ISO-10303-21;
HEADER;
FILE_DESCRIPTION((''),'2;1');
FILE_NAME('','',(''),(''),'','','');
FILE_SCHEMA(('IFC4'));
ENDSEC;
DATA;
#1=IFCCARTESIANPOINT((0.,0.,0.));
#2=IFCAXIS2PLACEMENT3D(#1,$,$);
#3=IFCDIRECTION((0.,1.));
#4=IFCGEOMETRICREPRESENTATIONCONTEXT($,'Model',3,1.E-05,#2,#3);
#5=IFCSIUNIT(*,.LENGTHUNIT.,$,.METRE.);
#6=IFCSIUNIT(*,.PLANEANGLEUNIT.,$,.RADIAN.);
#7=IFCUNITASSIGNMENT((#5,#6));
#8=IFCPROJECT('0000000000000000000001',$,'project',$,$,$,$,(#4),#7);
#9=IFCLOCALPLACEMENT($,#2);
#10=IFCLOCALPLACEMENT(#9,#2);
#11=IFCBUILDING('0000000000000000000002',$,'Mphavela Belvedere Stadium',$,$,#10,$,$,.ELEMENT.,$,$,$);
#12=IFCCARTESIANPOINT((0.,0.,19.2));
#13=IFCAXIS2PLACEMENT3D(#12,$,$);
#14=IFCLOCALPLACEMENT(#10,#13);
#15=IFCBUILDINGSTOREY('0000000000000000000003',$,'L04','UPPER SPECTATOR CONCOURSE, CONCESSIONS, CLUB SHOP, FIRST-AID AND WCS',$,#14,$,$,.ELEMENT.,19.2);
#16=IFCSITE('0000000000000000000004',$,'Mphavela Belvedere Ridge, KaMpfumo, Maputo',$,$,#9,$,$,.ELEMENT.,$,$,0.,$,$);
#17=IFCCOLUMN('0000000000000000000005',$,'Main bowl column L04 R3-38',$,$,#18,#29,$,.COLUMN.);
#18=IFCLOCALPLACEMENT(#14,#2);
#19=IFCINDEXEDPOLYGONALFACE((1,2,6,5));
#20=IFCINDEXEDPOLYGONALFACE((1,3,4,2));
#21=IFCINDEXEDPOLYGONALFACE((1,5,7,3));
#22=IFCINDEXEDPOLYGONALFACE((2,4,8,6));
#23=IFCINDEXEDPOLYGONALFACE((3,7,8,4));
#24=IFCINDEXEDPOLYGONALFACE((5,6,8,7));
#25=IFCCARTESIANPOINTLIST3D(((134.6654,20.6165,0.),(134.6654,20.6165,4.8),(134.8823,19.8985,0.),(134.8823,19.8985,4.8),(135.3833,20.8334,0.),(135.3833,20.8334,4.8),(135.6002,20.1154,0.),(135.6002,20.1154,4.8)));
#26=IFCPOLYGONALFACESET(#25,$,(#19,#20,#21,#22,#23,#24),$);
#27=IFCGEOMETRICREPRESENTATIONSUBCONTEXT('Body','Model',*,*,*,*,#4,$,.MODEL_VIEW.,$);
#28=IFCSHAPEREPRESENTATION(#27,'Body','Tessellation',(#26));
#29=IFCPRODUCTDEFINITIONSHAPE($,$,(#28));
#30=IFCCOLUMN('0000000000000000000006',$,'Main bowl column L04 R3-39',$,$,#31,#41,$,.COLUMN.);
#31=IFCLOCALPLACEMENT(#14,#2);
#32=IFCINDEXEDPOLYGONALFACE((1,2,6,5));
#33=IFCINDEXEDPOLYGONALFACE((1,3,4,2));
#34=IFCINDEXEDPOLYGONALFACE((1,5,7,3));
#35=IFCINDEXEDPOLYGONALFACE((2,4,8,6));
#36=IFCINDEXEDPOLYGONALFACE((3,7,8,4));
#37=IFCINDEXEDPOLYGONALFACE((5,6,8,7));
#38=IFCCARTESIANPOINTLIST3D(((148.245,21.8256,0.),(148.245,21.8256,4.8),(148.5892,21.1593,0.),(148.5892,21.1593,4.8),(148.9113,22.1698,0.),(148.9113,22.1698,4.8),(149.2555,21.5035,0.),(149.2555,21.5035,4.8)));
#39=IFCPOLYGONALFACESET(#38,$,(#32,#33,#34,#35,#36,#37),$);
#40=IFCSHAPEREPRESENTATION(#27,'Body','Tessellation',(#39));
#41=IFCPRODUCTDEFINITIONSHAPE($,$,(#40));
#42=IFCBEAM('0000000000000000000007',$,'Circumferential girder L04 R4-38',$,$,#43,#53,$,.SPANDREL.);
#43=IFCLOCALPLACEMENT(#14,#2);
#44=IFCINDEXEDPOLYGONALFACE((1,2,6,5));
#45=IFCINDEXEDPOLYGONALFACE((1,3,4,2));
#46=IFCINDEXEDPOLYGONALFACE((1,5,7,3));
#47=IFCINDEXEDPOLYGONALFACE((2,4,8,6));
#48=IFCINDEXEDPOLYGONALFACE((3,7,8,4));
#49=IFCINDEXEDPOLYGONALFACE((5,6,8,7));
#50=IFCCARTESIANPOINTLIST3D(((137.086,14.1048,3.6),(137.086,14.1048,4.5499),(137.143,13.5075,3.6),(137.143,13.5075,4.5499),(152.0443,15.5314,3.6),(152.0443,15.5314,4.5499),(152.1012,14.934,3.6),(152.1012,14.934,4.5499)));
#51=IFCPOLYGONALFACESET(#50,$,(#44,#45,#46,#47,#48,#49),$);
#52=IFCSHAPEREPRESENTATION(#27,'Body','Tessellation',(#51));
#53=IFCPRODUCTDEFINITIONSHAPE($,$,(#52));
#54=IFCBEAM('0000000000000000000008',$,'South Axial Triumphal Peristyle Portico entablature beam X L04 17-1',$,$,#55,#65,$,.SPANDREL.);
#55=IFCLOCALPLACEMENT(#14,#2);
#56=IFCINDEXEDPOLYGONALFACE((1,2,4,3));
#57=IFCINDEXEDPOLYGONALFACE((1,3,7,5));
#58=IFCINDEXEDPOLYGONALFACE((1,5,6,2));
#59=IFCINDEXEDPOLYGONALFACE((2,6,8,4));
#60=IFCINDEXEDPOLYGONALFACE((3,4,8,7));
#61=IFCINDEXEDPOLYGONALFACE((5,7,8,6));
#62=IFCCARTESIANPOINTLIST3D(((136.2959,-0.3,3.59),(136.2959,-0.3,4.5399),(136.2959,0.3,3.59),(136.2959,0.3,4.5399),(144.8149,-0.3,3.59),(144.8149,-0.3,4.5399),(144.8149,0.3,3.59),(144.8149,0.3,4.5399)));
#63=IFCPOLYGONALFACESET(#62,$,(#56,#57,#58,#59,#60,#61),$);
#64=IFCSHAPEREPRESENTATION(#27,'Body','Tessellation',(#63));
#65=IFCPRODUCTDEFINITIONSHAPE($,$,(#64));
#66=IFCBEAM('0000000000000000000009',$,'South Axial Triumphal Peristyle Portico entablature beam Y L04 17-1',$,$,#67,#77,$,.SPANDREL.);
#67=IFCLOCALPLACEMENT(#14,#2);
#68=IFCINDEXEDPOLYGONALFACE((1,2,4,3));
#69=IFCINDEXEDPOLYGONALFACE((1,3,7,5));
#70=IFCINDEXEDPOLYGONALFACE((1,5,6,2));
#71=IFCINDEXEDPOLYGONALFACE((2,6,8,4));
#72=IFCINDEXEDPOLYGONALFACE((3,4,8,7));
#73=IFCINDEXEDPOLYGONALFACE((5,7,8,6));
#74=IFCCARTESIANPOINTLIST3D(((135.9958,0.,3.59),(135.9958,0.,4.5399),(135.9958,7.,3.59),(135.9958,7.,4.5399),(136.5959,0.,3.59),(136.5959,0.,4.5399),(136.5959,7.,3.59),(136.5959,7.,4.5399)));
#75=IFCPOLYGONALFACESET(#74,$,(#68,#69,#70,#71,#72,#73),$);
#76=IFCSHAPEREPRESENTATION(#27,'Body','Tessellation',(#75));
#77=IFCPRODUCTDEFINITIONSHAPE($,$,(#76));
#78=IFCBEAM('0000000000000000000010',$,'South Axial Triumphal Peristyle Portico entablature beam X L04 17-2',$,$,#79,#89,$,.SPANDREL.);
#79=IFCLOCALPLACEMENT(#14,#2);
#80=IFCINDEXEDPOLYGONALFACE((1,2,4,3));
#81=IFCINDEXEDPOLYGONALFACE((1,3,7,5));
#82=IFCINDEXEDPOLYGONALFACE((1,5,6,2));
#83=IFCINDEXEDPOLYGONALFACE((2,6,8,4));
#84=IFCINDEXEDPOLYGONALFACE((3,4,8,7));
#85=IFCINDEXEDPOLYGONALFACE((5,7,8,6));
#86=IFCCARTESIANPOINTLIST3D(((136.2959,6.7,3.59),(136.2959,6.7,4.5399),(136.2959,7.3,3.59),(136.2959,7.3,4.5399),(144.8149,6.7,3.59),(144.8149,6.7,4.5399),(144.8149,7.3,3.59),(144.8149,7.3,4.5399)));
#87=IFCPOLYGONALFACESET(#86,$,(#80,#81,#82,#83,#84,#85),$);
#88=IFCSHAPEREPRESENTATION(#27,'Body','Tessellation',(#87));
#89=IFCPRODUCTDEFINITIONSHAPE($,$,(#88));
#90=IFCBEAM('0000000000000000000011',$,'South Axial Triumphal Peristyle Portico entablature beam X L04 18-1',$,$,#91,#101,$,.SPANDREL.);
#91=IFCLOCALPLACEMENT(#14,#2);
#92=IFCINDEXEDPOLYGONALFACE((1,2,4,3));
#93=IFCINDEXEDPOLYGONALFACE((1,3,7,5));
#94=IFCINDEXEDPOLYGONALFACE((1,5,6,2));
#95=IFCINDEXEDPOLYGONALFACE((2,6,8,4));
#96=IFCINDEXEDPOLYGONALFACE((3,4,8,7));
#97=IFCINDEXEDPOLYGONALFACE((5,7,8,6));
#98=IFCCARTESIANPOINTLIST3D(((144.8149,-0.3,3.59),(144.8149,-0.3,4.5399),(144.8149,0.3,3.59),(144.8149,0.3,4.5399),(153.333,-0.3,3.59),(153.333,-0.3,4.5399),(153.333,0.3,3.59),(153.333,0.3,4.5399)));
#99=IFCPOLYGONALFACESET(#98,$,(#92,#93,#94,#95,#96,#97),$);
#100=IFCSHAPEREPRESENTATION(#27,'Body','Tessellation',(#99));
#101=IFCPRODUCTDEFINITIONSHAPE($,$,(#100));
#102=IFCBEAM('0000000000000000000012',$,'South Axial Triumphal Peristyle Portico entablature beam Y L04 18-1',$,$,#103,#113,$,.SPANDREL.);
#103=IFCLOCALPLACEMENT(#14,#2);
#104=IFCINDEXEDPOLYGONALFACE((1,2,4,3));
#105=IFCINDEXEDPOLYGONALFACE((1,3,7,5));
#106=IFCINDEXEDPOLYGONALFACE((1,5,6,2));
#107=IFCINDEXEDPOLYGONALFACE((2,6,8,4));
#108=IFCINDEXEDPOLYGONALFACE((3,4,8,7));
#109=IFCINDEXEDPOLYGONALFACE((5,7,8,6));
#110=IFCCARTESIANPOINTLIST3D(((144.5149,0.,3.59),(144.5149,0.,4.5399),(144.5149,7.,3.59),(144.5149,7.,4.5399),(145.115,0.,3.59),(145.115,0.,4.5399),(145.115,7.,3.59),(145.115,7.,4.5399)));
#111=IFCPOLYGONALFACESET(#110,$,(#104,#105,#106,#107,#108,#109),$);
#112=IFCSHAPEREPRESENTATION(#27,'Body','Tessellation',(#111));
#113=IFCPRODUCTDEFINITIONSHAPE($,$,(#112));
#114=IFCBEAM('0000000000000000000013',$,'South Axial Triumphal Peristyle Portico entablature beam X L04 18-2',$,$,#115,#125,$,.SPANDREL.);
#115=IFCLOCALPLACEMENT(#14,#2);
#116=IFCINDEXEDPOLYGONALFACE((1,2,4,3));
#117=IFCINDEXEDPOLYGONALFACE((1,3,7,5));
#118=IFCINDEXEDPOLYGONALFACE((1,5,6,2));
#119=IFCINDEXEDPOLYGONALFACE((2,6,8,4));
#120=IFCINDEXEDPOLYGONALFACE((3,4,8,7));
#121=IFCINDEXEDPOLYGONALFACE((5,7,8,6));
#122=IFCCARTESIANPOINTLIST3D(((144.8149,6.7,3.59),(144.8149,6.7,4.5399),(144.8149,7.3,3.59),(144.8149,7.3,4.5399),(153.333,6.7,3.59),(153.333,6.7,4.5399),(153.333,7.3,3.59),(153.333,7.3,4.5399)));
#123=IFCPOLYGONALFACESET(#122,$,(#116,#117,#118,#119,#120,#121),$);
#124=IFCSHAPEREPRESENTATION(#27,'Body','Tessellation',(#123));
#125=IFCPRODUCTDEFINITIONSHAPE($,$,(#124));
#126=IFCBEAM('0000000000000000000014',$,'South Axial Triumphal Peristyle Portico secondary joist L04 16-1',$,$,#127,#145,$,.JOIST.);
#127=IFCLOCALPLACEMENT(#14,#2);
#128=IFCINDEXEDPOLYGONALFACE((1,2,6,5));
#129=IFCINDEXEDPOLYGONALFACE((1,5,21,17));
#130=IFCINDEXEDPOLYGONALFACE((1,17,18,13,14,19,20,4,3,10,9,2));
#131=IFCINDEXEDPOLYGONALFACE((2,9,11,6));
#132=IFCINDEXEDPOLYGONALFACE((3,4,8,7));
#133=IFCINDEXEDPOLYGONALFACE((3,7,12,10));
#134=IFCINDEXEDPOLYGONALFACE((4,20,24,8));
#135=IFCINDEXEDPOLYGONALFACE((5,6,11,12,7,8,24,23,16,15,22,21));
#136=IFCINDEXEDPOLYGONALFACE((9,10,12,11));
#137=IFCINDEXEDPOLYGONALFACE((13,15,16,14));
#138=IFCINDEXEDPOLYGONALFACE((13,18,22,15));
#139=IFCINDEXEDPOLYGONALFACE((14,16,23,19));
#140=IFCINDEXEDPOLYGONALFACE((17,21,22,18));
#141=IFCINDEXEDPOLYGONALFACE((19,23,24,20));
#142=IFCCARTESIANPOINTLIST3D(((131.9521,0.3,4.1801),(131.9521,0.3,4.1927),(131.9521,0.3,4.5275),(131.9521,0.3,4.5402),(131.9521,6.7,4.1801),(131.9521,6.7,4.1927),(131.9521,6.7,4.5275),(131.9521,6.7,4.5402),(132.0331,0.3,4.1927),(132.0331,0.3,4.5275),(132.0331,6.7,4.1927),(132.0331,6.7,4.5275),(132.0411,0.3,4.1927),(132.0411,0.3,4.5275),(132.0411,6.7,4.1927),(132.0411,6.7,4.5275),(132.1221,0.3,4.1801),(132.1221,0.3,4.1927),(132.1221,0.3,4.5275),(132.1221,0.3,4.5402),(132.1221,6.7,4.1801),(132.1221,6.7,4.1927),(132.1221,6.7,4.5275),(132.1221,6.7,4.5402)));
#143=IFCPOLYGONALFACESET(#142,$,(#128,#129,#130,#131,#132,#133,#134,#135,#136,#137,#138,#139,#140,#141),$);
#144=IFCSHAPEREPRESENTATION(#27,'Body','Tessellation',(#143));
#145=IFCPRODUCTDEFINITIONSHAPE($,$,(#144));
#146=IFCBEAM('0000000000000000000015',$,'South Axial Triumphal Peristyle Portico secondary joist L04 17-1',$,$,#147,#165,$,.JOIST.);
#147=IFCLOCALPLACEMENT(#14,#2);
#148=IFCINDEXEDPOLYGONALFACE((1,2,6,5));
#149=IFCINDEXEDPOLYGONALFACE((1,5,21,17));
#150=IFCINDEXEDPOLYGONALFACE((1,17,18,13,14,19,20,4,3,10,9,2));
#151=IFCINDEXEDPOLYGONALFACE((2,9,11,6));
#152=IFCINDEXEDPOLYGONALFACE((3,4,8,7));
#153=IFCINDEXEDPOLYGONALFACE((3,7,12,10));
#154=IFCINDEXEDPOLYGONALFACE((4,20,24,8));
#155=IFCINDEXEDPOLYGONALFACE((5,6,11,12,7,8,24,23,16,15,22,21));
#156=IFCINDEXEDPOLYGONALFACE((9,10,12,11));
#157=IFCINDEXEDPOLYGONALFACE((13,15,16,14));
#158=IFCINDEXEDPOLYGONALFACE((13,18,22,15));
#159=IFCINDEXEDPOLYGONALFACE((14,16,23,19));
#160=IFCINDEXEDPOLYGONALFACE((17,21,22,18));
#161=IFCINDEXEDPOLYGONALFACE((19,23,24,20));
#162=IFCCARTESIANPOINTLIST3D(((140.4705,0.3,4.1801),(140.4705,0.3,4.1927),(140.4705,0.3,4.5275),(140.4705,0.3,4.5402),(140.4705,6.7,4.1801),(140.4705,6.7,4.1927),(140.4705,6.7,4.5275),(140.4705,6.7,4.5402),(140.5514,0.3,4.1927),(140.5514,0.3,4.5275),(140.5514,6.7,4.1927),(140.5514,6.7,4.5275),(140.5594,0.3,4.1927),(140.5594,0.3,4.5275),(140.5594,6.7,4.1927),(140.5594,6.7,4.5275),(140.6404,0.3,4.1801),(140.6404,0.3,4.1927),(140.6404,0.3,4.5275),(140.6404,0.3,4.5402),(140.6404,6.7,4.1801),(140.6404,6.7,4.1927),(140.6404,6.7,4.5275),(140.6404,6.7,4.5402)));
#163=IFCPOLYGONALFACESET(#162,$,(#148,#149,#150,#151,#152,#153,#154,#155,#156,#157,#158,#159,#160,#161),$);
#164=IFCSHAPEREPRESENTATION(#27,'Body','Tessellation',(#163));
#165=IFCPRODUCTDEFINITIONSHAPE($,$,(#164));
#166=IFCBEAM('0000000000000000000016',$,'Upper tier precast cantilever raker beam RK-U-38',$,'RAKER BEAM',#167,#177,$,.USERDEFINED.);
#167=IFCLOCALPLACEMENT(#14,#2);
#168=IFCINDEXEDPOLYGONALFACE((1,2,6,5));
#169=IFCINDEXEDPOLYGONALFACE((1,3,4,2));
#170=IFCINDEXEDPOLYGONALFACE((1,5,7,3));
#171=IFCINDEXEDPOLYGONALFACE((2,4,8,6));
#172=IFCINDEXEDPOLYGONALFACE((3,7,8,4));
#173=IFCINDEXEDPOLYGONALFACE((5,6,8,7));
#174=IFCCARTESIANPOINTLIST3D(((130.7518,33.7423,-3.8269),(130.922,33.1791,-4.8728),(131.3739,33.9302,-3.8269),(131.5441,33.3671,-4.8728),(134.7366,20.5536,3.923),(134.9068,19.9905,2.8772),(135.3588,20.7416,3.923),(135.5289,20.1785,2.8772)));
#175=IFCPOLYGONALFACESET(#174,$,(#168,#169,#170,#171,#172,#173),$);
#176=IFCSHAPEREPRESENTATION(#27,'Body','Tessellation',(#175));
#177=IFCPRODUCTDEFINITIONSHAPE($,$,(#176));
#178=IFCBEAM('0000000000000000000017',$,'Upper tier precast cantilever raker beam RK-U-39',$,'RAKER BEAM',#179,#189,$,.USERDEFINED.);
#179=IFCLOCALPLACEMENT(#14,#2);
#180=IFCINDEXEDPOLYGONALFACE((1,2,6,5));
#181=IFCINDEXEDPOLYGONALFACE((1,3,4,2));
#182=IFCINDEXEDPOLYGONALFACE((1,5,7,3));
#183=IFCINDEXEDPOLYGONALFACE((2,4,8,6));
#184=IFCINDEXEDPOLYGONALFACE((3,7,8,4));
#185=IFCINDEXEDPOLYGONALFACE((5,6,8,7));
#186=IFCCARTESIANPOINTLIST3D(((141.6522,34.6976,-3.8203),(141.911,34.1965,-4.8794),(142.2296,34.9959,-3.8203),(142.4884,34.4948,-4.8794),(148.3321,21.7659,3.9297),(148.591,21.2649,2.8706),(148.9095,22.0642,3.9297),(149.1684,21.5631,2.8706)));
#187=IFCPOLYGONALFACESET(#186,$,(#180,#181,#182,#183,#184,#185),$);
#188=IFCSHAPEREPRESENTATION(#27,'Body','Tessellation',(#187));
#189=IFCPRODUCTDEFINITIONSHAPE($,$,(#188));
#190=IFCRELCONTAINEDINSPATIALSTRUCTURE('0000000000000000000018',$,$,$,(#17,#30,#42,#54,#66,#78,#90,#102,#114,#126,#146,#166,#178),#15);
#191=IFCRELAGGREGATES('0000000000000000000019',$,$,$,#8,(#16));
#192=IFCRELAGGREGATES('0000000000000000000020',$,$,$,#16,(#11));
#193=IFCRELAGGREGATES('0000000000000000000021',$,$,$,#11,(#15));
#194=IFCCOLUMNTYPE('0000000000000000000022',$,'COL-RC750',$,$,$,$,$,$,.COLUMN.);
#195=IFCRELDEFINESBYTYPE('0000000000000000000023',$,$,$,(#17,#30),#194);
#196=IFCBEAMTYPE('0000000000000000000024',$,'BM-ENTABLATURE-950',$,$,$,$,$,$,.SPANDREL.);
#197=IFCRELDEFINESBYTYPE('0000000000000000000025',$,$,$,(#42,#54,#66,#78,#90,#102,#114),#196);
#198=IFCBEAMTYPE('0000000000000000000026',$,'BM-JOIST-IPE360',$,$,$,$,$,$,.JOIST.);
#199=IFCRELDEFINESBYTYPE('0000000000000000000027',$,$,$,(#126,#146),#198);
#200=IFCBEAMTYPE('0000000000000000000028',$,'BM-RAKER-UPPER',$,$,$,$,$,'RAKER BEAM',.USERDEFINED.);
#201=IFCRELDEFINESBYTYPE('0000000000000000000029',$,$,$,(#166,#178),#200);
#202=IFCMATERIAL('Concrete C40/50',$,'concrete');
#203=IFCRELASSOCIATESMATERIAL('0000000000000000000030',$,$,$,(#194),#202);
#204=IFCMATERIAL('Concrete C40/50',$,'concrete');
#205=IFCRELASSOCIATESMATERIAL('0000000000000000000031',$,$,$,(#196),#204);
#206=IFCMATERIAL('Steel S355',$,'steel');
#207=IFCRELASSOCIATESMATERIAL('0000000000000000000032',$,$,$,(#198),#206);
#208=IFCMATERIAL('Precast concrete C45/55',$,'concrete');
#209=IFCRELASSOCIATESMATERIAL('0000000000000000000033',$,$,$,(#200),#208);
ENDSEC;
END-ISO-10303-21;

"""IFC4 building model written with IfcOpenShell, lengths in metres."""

from ifc_helpers import new_model, si_unit, direction, frame, origin, origin_2d, place, context, subcontext, project, spatial, rectangle, i_section, extrude, material, material_profile, profile_set, type_object, element, save


model = new_model("IFC4")

# Units and contexts
model_context = context("Model", 3, precision=1e-05, world=origin(), true_north=direction((0.0, 1.0)))
body_context = subcontext(model_context, "Body", "Model", "MODEL_VIEW")
ifc_project = project(units=[si_unit("LENGTHUNIT", "METRE"), si_unit("PLANEANGLEUNIT", "RADIAN")], contexts=[model_context])

# Site, building, storey
site_placement = place(None, origin())
site = spatial("IfcSite", under=ifc_project, at=site_placement, Name="Mphavela Belvedere Ridge, KaMpfumo, Maputo", CompositionType="ELEMENT", RefElevation=0.0)
building_placement = place(site_placement, origin())
building = spatial("IfcBuilding", under=site, at=building_placement, Name="Mphavela Belvedere Stadium", CompositionType="ELEMENT")
storey_placement = place(building_placement, frame((0.0, 0.0, 19.2)))
storey = spatial("IfcBuildingStorey", under=building, at=storey_placement, Name="L04", Description="UPPER SPECTATOR CONCOURSE, CONCESSIONS, CLUB SHOP, FIRST-AID AND WCS", CompositionType="ELEMENT", Elevation=19.2)

# Columns
ifc_material_1 = material(Name="Concrete C40/50", Category="concrete")
ifc_material_profile_1 = material_profile(ifc_material_1, rectangle(XDim=0.75, YDim=0.75, at=origin_2d()), Name="RC 750x750")
ifc_profile_set_1 = profile_set([ifc_material_profile_1], Name="Concrete C40/50")
column_type_1 = type_object("IfcColumnType", Name="COL-RC750", PredefinedType="COLUMN", material=ifc_profile_set_1)
for number, where, z_axis, x_axis, name in (
    (1, (135.1328, 20.366, 0.0), (0.0, 0.0, 1.0), (0.289199, -0.957269, 0.0), "Main bowl column L04 R3-38"),
    (2, (148.7502, 21.6646, 0.0), (0.0, 0.0, 1.0), (0.45896, -0.888457, 0.0), "Main bowl column L04 R3-39"),
):
    element("IfcColumn", number, at=place(storey_placement, frame(where, z_axis=z_axis, x_axis=x_axis)), inside=storey, type_object=column_type_1, Name=name, PredefinedType="COLUMN", context=body_context, shape_type="SweptSolid", body=[
        extrude(rectangle(XDim=0.75, YDim=0.75, at=origin_2d()), origin(), (0.0, 0.0, 1.0), 4.8),
    ])

# Beams
ifc_material_2 = material(Name="Concrete C40/50", Category="concrete")
ifc_material_profile_2 = material_profile(ifc_material_2, rectangle(XDim=0.6001, YDim=0.95, at=origin_2d()), Name="RC 600x950")
ifc_profile_set_2 = profile_set([ifc_material_profile_2], Name="Concrete C40/50")
beam_type_1 = type_object("IfcBeamType", Name="BM-ENTABLATURE-950", PredefinedType="SPANDREL", material=ifc_profile_set_2)
beam_1_placement = place(storey_placement, frame((137.1145, 13.8062, 4.075), z_axis=(0.995483, 0.094936, 0.0), x_axis=(-0.094936, 0.995483, 0.0)))
element("IfcBeam", 3, at=beam_1_placement, inside=storey, type_object=beam_type_1, Name="Circumferential girder L04 R4-38", PredefinedType="SPANDREL", context=body_context, shape_type="SweptSolid", body=[
    extrude(rectangle(XDim=0.6001, YDim=0.95, at=origin_2d()), origin(), (0.0, 0.0, 1.0), 15.0261),
])
beam_2_placement = place(storey_placement, frame((136.2959, 0.0, 4.0649), z_axis=(1.0, 0.0, 0.0), x_axis=(0.0, 1.0, 0.0)))
element("IfcBeam", 4, at=beam_2_placement, inside=storey, type_object=beam_type_1, Name="South Axial Triumphal Peristyle Portico entablature beam X L04 17-1", PredefinedType="SPANDREL", context=body_context, shape_type="SweptSolid", body=[
    extrude(rectangle(XDim=0.6001, YDim=0.95, at=origin_2d()), origin(), (0.0, 0.0, 1.0), 8.519),
])
beam_3_placement = place(storey_placement, frame((136.2959, 0.0, 4.0649), z_axis=(0.0, 1.0, 0.0), x_axis=(-1.0, 0.0, 0.0)))
element("IfcBeam", 5, at=beam_3_placement, inside=storey, type_object=beam_type_1, Name="South Axial Triumphal Peristyle Portico entablature beam Y L04 17-1", PredefinedType="SPANDREL", context=body_context, shape_type="SweptSolid", body=[
    extrude(rectangle(XDim=0.6001, YDim=0.95, at=origin_2d()), origin(), (0.0, 0.0, 1.0), 7.0),
])
beam_4_placement = place(storey_placement, frame((136.2959, 7.0, 4.0649), z_axis=(1.0, 0.0, 0.0), x_axis=(0.0, 1.0, 0.0)))
element("IfcBeam", 6, at=beam_4_placement, inside=storey, type_object=beam_type_1, Name="South Axial Triumphal Peristyle Portico entablature beam X L04 17-2", PredefinedType="SPANDREL", context=body_context, shape_type="SweptSolid", body=[
    extrude(rectangle(XDim=0.6001, YDim=0.95, at=origin_2d()), origin(), (0.0, 0.0, 1.0), 8.519),
])
beam_5_placement = place(storey_placement, frame((144.8149, 0.0, 4.0649), z_axis=(1.0, 0.0, 0.0), x_axis=(0.0, 1.0, 0.0)))
element("IfcBeam", 7, at=beam_5_placement, inside=storey, type_object=beam_type_1, Name="South Axial Triumphal Peristyle Portico entablature beam X L04 18-1", PredefinedType="SPANDREL", context=body_context, shape_type="SweptSolid", body=[
    extrude(rectangle(XDim=0.6001, YDim=0.95, at=origin_2d()), origin(), (0.0, 0.0, 1.0), 8.5181),
])
beam_6_placement = place(storey_placement, frame((144.8149, 0.0, 4.0649), z_axis=(0.0, 1.0, 0.0), x_axis=(-1.0, 0.0, 0.0)))
element("IfcBeam", 8, at=beam_6_placement, inside=storey, type_object=beam_type_1, Name="South Axial Triumphal Peristyle Portico entablature beam Y L04 18-1", PredefinedType="SPANDREL", context=body_context, shape_type="SweptSolid", body=[
    extrude(rectangle(XDim=0.6001, YDim=0.95, at=origin_2d()), origin(), (0.0, 0.0, 1.0), 7.0),
])
beam_7_placement = place(storey_placement, frame((144.8149, 7.0, 4.0649), z_axis=(1.0, 0.0, 0.0), x_axis=(0.0, 1.0, 0.0)))
element("IfcBeam", 9, at=beam_7_placement, inside=storey, type_object=beam_type_1, Name="South Axial Triumphal Peristyle Portico entablature beam X L04 18-2", PredefinedType="SPANDREL", context=body_context, shape_type="SweptSolid", body=[
    extrude(rectangle(XDim=0.6001, YDim=0.95, at=origin_2d()), origin(), (0.0, 0.0, 1.0), 8.5181),
])
ifc_material_3 = material(Name="Steel S355", Category="steel")
ifc_material_profile_3 = material_profile(ifc_material_3, i_section(OverallWidth=0.1699, OverallDepth=0.3601, WebThickness=0.0081, FlangeThickness=0.0127, at=origin_2d()), Name="IPE 360")
ifc_profile_set_3 = profile_set([ifc_material_profile_3], Name="Steel S355")
beam_type_2 = type_object("IfcBeamType", Name="BM-JOIST-IPE360", PredefinedType="JOIST", material=ifc_profile_set_3)
for number, where, z_axis, x_axis, name in (
    (10, (132.0371, 0.3, 4.3601), (0.0, 1.0, 0.0), (-1.0, 0.0, 0.0), "South Axial Triumphal Peristyle Portico secondary joist L04 16-1"),
    (11, (140.5554, 0.3, 4.3601), (0.0, 1.0, 0.0), (-1.0, 0.0, 0.0), "South Axial Triumphal Peristyle Portico secondary joist L04 17-1"),
):
    element("IfcBeam", number, at=place(storey_placement, frame(where, z_axis=z_axis, x_axis=x_axis)), inside=storey, type_object=beam_type_2, Name=name, PredefinedType="JOIST", context=body_context, shape_type="SweptSolid", body=[
        extrude(i_section(OverallWidth=0.1699, OverallDepth=0.3601, WebThickness=0.0081, FlangeThickness=0.0127, at=origin_2d()), origin(), (0.0, 0.0, 1.0), 6.3999),
    ])
ifc_material_4 = material(Name="Precast concrete C45/55", Category="concrete")
ifc_material_profile_4 = material_profile(ifc_material_4, rectangle(XDim=0.6499, YDim=1.2, at=origin_2d()), Name="PC 650x1200")
ifc_profile_set_4 = profile_set([ifc_material_profile_4], Name="Precast concrete C45/55")
beam_type_3 = type_object("IfcBeamType", Name="BM-RAKER-UPPER", ElementType="RAKER BEAM", PredefinedType="USERDEFINED", material=ifc_profile_set_4)
beam_8_placement = place(storey_placement, frame((131.1479, 33.5547, -4.3499), z_axis=(0.252083, -0.834322, 0.490267), x_axis=(0.95726, 0.289228, 0.0)))
element("IfcBeam", 12, at=beam_8_placement, inside=storey, type_object=beam_type_3, Name="Upper tier precast cantilever raker beam RK-U-38", ObjectType="RAKER BEAM", PredefinedType="USERDEFINED", context=body_context, shape_type="SweptSolid", body=[
    extrude(rectangle(XDim=0.6499, YDim=1.2, at=origin_2d()), origin(), (0.0, 0.0, 1.0), 15.8076),
])
beam_9_placement = place(storey_placement, frame((142.0703, 34.5962, -4.3499), z_axis=(0.405096, -0.784224, 0.469989), x_axis=(0.888466, 0.458943, 0.0)))
element("IfcBeam", 13, at=beam_9_placement, inside=storey, type_object=beam_type_3, Name="Upper tier precast cantilever raker beam RK-U-39", ObjectType="RAKER BEAM", PredefinedType="USERDEFINED", context=body_context, shape_type="SweptSolid", body=[
    extrude(rectangle(XDim=0.6499, YDim=1.2, at=origin_2d()), origin(), (0.0, 0.0, 1.0), 16.4897),
])

save(model, "model.ifc")
